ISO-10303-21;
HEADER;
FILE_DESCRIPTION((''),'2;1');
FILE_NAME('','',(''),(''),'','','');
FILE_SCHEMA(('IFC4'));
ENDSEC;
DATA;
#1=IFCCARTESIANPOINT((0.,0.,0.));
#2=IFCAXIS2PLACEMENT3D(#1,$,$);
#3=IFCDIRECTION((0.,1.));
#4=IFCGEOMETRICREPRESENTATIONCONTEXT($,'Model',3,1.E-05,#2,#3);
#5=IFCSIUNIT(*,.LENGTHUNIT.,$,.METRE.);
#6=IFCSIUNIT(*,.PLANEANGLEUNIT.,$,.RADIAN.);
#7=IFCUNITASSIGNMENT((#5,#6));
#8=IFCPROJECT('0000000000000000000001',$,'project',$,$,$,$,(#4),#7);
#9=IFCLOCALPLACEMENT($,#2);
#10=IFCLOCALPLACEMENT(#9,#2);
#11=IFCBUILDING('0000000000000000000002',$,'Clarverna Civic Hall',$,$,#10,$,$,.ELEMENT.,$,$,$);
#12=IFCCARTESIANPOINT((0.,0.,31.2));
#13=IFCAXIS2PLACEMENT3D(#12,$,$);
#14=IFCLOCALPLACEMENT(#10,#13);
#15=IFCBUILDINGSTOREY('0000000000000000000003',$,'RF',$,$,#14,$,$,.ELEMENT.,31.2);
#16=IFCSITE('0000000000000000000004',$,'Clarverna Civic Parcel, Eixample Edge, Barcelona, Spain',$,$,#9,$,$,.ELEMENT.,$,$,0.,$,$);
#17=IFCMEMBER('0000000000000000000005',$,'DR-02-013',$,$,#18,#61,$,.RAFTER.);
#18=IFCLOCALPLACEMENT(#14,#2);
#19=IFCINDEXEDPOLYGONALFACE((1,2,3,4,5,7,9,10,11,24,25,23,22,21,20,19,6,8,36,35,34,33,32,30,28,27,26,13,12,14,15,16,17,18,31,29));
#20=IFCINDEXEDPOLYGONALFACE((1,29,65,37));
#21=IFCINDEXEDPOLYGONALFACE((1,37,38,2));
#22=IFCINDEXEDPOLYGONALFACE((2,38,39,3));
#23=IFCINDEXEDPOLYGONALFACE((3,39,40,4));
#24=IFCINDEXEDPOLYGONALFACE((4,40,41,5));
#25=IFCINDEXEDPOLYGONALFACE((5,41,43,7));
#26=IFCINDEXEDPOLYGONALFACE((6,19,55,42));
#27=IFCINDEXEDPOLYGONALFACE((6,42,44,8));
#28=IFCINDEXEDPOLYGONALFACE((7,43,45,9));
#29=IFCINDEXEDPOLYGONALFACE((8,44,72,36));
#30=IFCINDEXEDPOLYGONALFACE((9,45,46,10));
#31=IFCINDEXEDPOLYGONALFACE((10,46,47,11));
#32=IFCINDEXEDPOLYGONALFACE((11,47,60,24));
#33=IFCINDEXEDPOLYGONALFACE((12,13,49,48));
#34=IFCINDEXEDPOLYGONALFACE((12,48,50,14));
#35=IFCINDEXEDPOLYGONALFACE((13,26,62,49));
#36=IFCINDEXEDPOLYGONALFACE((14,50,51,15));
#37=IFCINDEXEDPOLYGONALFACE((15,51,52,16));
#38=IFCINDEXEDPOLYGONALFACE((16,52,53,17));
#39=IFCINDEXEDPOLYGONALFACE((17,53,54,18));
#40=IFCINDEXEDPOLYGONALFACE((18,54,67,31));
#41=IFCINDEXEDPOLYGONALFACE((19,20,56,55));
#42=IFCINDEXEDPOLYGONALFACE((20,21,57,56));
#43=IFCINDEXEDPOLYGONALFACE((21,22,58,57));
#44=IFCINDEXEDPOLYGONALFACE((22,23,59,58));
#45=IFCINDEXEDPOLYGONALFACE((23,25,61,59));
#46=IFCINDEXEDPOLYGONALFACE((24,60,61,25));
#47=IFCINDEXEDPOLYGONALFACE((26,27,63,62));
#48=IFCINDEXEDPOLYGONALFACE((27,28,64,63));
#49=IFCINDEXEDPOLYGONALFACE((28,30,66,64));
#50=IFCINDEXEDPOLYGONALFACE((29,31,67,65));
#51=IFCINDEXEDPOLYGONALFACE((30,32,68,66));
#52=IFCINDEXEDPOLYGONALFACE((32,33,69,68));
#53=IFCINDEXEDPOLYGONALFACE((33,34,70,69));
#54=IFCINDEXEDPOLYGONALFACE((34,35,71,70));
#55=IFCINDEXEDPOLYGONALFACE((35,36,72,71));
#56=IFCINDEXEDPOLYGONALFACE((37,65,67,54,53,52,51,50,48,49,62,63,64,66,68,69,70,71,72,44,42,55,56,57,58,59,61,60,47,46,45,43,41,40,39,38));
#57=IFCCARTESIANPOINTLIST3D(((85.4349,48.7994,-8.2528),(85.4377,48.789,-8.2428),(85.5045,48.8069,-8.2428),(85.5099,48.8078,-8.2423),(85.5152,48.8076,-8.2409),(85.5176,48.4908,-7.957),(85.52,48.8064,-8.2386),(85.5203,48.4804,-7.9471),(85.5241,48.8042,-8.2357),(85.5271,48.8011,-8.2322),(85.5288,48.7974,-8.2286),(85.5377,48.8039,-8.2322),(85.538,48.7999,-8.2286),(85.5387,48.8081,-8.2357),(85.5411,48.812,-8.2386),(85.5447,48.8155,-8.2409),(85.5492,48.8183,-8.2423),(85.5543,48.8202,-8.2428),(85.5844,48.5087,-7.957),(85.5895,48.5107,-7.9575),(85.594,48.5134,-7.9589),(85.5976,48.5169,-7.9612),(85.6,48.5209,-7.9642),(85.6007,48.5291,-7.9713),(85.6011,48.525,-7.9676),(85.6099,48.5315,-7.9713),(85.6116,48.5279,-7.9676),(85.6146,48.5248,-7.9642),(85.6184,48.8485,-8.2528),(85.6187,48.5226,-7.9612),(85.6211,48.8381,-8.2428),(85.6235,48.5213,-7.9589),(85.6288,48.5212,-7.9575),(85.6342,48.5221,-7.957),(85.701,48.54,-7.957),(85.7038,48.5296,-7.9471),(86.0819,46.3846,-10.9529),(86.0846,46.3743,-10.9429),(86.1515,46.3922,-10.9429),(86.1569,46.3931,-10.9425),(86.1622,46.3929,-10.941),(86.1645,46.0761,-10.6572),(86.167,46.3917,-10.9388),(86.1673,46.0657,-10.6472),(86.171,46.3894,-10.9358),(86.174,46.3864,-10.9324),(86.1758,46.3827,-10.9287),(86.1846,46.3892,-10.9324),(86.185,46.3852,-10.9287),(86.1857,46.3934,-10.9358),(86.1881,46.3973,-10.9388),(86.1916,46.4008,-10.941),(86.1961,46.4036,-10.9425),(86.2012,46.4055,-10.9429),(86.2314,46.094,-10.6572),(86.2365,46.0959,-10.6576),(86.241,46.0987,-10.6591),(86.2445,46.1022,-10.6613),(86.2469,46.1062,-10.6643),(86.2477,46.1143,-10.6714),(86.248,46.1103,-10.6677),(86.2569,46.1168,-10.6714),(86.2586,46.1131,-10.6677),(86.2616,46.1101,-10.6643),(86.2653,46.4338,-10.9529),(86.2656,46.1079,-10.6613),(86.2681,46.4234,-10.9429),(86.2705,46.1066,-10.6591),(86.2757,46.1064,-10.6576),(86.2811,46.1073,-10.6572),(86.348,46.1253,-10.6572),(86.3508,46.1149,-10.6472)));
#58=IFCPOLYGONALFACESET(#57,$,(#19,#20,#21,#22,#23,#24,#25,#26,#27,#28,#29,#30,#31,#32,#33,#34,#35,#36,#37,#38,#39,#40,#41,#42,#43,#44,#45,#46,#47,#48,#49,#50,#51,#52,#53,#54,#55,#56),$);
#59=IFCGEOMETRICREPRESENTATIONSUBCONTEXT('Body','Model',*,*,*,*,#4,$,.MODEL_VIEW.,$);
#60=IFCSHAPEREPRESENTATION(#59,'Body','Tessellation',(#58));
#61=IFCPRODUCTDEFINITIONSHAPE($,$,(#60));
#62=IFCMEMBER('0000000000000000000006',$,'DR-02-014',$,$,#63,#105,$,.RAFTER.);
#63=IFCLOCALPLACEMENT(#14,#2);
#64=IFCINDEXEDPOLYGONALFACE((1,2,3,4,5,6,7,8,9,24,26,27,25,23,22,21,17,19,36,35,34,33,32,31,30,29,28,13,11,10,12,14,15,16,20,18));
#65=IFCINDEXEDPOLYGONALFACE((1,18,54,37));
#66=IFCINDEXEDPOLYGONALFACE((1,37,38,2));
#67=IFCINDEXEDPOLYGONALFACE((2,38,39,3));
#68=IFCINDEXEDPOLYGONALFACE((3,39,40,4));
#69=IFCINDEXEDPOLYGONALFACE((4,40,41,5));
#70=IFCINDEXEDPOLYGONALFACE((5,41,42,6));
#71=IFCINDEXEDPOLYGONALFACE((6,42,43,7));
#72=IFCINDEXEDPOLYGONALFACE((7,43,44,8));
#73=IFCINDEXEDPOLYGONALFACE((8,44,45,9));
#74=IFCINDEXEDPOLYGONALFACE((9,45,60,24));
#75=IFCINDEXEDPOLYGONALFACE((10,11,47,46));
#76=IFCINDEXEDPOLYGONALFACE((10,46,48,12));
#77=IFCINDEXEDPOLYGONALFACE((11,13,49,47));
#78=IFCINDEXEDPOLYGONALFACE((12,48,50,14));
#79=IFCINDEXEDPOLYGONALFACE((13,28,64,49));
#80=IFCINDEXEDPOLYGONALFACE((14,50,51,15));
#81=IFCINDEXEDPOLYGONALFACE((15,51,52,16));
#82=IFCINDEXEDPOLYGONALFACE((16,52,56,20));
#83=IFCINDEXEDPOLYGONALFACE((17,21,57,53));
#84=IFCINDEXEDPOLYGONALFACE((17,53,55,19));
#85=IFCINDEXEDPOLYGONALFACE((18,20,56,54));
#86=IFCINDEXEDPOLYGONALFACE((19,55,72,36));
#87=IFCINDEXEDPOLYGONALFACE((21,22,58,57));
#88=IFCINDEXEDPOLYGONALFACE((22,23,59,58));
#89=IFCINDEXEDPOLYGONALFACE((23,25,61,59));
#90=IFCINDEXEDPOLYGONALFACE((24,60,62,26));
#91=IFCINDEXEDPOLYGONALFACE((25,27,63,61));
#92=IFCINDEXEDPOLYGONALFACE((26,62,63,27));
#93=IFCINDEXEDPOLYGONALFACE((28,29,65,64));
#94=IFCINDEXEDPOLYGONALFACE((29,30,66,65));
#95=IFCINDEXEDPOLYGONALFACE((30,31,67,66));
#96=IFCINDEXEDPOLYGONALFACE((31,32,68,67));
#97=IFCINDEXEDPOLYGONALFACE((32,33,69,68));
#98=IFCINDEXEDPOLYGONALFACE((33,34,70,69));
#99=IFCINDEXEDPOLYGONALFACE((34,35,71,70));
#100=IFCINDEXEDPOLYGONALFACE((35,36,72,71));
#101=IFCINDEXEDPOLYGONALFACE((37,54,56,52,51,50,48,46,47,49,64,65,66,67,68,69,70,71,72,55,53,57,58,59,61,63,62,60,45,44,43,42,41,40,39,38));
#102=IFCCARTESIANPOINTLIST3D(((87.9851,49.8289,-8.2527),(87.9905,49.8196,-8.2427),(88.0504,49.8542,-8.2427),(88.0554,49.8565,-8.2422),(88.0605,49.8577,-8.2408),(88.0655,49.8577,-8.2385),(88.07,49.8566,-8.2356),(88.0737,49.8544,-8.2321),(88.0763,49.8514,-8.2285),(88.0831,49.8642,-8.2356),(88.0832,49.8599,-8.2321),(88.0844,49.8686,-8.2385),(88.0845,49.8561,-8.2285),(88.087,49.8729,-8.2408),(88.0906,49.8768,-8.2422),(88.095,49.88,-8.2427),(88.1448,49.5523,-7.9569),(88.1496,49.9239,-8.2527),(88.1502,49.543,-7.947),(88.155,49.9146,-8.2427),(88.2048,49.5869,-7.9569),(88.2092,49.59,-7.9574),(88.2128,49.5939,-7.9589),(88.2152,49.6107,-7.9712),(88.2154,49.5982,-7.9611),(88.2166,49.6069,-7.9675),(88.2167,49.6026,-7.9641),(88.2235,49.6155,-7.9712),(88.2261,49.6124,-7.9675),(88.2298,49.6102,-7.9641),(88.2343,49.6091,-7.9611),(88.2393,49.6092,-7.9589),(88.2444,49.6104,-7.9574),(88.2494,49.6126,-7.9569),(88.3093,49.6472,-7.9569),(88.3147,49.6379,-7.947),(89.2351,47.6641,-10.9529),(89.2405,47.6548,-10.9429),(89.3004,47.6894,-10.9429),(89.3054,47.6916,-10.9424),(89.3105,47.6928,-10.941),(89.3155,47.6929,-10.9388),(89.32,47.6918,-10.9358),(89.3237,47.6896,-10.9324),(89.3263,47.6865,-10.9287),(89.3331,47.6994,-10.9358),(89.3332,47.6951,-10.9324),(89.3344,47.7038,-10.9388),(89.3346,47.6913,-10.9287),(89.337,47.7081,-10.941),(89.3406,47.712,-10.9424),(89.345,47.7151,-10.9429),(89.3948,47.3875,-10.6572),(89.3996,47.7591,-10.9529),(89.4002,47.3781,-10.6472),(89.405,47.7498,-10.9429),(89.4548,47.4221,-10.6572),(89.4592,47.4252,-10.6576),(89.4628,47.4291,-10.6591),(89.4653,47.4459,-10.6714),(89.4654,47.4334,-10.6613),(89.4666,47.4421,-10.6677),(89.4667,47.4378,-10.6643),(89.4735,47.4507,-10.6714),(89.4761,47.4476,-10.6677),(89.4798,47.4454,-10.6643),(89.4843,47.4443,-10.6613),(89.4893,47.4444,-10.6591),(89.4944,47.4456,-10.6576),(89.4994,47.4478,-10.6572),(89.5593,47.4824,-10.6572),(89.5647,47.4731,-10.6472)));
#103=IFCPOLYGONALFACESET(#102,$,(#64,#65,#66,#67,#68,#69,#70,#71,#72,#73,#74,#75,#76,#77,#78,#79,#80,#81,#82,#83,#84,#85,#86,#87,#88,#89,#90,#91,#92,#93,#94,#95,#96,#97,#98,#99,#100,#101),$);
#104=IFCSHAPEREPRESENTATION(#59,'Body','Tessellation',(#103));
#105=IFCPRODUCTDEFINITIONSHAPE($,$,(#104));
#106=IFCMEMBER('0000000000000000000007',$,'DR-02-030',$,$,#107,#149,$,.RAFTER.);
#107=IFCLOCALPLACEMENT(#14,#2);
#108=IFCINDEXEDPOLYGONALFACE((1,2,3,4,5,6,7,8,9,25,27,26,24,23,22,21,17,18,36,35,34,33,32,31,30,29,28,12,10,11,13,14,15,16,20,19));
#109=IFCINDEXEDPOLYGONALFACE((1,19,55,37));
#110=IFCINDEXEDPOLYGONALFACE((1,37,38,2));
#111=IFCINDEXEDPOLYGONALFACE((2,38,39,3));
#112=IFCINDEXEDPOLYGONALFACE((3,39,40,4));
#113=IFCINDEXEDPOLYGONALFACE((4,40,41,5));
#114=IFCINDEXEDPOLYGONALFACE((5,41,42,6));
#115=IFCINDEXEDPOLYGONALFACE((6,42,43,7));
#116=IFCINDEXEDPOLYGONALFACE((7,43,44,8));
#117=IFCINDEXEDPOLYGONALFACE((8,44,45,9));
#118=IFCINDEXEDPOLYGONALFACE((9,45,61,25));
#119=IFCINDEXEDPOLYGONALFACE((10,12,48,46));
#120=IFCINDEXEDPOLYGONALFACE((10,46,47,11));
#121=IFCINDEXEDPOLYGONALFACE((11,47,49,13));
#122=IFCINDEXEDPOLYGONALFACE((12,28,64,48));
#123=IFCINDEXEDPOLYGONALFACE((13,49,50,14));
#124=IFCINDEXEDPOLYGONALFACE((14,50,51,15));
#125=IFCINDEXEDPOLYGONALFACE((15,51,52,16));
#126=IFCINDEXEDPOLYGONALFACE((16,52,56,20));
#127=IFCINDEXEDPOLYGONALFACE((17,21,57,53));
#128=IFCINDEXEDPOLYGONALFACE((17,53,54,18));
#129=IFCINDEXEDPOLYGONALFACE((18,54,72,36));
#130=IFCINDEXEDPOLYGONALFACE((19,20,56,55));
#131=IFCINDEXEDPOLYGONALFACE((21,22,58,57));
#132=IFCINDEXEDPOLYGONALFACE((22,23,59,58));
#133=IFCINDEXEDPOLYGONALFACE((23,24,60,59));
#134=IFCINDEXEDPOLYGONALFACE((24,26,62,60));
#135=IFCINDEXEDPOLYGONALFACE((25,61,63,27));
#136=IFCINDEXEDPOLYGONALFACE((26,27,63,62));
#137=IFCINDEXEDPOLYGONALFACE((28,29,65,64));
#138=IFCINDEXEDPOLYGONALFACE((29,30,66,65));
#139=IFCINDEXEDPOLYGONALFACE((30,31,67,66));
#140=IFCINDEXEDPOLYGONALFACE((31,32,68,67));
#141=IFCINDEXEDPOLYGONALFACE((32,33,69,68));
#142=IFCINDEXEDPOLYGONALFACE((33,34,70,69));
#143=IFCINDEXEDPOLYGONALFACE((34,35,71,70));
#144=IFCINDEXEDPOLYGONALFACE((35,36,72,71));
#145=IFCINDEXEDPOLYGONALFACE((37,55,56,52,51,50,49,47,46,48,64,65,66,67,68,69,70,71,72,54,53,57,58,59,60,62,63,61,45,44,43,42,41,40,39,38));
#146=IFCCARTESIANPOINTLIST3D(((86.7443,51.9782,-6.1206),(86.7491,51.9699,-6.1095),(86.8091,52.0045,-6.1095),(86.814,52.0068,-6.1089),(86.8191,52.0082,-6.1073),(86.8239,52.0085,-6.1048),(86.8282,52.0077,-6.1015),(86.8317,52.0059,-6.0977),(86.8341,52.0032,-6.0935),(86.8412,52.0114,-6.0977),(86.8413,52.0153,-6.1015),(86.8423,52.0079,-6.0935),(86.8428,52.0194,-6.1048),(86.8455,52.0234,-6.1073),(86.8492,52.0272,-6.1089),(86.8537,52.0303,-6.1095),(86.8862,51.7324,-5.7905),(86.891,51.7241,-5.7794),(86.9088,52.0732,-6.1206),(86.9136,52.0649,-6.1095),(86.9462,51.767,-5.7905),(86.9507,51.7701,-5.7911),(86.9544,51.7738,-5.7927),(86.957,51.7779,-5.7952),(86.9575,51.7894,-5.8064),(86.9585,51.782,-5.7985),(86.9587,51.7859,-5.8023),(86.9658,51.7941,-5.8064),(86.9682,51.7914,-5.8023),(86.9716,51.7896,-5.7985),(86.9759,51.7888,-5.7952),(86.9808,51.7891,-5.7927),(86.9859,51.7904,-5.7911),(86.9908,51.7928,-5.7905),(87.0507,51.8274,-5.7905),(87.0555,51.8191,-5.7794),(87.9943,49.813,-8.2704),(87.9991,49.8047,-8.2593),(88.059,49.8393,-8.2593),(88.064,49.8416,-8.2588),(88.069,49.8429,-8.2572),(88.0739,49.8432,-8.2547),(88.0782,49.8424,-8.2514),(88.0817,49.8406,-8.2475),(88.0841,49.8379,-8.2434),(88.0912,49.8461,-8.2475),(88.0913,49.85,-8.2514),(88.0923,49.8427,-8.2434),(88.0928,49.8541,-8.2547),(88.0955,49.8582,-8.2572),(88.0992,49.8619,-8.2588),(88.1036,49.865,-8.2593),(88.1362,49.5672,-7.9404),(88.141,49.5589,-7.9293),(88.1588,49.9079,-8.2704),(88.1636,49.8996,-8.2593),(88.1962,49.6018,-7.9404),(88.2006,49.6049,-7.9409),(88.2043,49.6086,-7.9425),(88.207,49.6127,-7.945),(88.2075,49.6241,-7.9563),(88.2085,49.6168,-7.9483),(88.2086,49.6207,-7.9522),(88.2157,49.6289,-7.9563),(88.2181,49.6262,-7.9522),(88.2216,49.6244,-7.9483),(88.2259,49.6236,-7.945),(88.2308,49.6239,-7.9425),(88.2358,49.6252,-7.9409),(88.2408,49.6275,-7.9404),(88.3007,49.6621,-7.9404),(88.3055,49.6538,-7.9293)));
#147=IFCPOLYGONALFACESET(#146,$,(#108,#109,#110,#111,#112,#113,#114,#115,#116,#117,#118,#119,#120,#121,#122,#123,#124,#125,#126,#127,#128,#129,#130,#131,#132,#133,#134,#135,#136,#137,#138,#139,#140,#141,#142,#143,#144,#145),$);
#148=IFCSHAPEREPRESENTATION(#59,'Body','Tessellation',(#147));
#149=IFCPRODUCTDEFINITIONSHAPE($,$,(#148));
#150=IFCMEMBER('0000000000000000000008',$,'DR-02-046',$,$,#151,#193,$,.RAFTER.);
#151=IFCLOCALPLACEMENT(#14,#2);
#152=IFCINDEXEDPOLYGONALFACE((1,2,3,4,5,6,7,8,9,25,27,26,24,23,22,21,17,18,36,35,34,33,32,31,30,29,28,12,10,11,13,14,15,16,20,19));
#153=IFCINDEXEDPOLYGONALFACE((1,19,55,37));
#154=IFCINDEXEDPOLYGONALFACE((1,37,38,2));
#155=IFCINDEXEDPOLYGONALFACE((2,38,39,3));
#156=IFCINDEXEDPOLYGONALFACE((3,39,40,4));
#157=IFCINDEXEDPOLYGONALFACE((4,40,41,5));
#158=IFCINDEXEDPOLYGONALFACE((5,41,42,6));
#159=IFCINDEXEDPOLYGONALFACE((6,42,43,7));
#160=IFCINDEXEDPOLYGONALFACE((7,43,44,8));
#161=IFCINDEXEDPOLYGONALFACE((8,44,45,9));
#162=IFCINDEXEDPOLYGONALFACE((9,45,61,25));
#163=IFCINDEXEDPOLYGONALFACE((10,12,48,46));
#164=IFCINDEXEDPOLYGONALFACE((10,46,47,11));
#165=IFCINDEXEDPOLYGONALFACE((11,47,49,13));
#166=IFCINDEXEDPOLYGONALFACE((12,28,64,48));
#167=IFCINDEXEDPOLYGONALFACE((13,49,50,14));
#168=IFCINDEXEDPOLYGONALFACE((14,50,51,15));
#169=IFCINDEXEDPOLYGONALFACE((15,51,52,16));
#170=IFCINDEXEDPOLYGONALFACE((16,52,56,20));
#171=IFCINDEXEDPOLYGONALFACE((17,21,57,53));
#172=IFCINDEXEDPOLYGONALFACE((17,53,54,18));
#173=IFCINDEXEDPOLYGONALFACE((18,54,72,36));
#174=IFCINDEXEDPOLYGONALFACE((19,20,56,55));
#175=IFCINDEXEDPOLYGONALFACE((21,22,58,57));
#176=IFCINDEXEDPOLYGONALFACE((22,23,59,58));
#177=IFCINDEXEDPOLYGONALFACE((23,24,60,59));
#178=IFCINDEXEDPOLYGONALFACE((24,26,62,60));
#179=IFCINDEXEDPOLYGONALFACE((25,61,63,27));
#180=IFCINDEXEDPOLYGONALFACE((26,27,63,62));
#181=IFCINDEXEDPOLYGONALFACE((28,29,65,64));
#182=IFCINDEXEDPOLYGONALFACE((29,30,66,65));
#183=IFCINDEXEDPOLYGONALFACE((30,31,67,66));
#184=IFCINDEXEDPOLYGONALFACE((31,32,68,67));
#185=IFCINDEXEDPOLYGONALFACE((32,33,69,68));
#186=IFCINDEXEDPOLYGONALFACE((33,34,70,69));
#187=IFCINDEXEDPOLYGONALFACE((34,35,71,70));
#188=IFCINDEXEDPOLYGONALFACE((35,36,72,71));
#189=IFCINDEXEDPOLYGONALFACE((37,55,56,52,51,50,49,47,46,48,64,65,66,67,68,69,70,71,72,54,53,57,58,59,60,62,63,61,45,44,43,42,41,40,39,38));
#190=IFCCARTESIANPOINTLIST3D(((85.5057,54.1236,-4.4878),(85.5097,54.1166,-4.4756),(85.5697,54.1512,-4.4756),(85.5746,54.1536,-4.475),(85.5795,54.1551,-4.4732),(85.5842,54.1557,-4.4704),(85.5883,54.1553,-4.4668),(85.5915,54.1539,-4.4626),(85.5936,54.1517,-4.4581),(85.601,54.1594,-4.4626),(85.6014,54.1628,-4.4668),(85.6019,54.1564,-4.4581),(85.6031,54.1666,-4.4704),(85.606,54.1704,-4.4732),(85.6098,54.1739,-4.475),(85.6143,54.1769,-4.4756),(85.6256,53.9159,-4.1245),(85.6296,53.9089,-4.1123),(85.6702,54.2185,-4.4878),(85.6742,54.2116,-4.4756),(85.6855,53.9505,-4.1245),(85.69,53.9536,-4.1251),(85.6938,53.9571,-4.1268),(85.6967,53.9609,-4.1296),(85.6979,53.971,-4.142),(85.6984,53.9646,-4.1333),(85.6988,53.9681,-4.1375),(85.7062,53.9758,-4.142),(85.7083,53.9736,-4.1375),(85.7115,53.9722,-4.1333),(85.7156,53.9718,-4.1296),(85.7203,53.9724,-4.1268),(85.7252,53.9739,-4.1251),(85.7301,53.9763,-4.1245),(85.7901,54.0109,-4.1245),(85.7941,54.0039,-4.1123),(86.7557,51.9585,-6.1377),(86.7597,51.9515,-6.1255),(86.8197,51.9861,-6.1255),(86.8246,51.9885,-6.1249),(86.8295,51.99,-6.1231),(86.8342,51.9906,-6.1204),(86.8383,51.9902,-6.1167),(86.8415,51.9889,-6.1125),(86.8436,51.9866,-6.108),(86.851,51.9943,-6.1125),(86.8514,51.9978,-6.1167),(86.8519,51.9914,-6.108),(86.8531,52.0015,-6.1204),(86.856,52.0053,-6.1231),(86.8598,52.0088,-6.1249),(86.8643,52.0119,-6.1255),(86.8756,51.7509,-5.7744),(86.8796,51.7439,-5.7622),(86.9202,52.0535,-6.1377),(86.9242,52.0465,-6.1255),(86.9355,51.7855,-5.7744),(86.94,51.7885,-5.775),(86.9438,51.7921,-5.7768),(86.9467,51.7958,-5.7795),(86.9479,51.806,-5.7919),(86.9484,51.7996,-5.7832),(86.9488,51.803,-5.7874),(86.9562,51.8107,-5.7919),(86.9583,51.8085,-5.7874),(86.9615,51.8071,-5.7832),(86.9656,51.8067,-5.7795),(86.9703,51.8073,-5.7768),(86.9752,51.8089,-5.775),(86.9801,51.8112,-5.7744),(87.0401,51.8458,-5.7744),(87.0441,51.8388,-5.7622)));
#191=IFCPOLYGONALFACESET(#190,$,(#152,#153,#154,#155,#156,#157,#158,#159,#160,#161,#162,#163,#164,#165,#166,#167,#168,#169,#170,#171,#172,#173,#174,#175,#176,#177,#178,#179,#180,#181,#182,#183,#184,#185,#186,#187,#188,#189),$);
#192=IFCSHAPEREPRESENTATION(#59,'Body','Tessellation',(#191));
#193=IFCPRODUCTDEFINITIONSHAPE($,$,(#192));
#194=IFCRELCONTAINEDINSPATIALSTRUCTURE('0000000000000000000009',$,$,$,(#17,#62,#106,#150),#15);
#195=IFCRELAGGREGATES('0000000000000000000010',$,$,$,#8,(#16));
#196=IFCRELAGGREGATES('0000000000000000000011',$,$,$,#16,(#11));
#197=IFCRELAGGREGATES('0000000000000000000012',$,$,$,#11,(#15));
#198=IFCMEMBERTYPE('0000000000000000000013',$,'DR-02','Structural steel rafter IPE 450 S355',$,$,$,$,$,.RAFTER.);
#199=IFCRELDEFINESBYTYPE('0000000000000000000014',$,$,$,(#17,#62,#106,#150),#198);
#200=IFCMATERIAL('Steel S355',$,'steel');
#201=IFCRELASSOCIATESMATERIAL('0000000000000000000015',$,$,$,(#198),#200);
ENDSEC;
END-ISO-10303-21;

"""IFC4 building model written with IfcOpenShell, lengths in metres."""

from ifc_helpers import new_model, si_unit, direction, frame, origin, origin_2d, place, context, subcontext, project, spatial, i_section, extrude, material, material_profile, profile_set, type_object, element, save


model = new_model("IFC4")

# Units and contexts
model_context = context("Model", 3, precision=1e-05, world=origin(), true_north=direction((0.0, 1.0)))
body_context = subcontext(model_context, "Body", "Model", "MODEL_VIEW")
ifc_project = project(units=[si_unit("LENGTHUNIT", "METRE"), si_unit("PLANEANGLEUNIT", "RADIAN")], contexts=[model_context])

# Site, building, storey
site_placement = place(None, origin())
site = spatial("IfcSite", under=ifc_project, at=site_placement, Name="Clarverna Civic Parcel, Eixample Edge, Barcelona, Spain", CompositionType="ELEMENT", RefElevation=0.0)
building_placement = place(site_placement, origin())
building = spatial("IfcBuilding", under=site, at=building_placement, Name="Clarverna Civic Hall", CompositionType="ELEMENT")
storey_placement = place(building_placement, frame((0.0, 0.0, 31.2)))
storey = spatial("IfcBuildingStorey", under=building, at=storey_placement, Name="RF", CompositionType="ELEMENT", Elevation=31.2)

# Members
ifc_material_1 = material(Name="Steel S355", Category="steel")
ifc_material_profile_1 = material_profile(ifc_material_1, i_section(OverallWidth=0.1899, OverallDepth=0.45, WebThickness=0.0095, FlangeThickness=0.0146, FilletRadius=0.021, at=origin_2d()), Name="IPE 450")
ifc_profile_set_1 = profile_set([ifc_material_profile_1], Name="Steel S355")
member_type_1 = type_object("IfcMemberType", Name="DR-02", Description="Structural steel rafter IPE 450 S355", PredefinedType="RAFTER", material=ifc_profile_set_1)
for number, where, z_axis, x_axis, name in (
    (1, (86.2163, 46.2498, -10.8), (-0.175818, 0.656232, 0.73379), (-0.965933, -0.258793, 0.0), "DR-02-013"),
    (2, (89.3999, 47.5686, -10.8), (-0.339705, 0.588314, 0.733817), (-0.865999, -0.500047, 0.0), "DR-02-014"),
):
    element("IfcMember", number, at=place(storey_placement, frame(where, z_axis=z_axis, x_axis=x_axis)), inside=storey, type_object=member_type_1, Name=name, PredefinedType="RAFTER", context=body_context, shape_type="SweptSolid", body=[
        extrude(i_section(OverallWidth=0.1899, OverallDepth=0.45, WebThickness=0.0095, FlangeThickness=0.0146, FilletRadius=0.021, at=origin_2d()), origin(), (0.0, 0.0, 1.0), 3.6797),
    ])
member_1_placement = place(storey_placement, frame((88.1499, 49.7334, -8.0999), z_axis=(-0.379083, 0.656658, 0.651994), x_axis=(-0.866047, -0.499962, 0.0)))
element("IfcMember", 3, at=member_1_placement, inside=storey, type_object=member_type_1, Name="DR-02-030", PredefinedType="RAFTER", context=body_context, shape_type="SweptSolid", body=[
    extrude(i_section(OverallWidth=0.1899, OverallDepth=0.45, WebThickness=0.0095, FlangeThickness=0.0146, FilletRadius=0.021, at=origin_2d()), origin(), (0.0, 0.0, 1.0), 3.2974),
])
member_2_placement = place(storey_placement, frame((86.8999, 51.8987, -5.95), z_axis=(-0.417315, 0.722802, 0.550823), x_axis=(-0.866023, -0.500004, 0.0)))
element("IfcMember", 4, at=member_2_placement, inside=storey, type_object=member_type_1, Name="DR-02-046", PredefinedType="RAFTER", context=body_context, shape_type="SweptSolid", body=[
    extrude(i_section(OverallWidth=0.1899, OverallDepth=0.45, WebThickness=0.0095, FlangeThickness=0.0146, FilletRadius=0.021, at=origin_2d()), origin(), (0.0, 0.0, 1.0), 2.9954),
])

save(model, "model.ifc")
